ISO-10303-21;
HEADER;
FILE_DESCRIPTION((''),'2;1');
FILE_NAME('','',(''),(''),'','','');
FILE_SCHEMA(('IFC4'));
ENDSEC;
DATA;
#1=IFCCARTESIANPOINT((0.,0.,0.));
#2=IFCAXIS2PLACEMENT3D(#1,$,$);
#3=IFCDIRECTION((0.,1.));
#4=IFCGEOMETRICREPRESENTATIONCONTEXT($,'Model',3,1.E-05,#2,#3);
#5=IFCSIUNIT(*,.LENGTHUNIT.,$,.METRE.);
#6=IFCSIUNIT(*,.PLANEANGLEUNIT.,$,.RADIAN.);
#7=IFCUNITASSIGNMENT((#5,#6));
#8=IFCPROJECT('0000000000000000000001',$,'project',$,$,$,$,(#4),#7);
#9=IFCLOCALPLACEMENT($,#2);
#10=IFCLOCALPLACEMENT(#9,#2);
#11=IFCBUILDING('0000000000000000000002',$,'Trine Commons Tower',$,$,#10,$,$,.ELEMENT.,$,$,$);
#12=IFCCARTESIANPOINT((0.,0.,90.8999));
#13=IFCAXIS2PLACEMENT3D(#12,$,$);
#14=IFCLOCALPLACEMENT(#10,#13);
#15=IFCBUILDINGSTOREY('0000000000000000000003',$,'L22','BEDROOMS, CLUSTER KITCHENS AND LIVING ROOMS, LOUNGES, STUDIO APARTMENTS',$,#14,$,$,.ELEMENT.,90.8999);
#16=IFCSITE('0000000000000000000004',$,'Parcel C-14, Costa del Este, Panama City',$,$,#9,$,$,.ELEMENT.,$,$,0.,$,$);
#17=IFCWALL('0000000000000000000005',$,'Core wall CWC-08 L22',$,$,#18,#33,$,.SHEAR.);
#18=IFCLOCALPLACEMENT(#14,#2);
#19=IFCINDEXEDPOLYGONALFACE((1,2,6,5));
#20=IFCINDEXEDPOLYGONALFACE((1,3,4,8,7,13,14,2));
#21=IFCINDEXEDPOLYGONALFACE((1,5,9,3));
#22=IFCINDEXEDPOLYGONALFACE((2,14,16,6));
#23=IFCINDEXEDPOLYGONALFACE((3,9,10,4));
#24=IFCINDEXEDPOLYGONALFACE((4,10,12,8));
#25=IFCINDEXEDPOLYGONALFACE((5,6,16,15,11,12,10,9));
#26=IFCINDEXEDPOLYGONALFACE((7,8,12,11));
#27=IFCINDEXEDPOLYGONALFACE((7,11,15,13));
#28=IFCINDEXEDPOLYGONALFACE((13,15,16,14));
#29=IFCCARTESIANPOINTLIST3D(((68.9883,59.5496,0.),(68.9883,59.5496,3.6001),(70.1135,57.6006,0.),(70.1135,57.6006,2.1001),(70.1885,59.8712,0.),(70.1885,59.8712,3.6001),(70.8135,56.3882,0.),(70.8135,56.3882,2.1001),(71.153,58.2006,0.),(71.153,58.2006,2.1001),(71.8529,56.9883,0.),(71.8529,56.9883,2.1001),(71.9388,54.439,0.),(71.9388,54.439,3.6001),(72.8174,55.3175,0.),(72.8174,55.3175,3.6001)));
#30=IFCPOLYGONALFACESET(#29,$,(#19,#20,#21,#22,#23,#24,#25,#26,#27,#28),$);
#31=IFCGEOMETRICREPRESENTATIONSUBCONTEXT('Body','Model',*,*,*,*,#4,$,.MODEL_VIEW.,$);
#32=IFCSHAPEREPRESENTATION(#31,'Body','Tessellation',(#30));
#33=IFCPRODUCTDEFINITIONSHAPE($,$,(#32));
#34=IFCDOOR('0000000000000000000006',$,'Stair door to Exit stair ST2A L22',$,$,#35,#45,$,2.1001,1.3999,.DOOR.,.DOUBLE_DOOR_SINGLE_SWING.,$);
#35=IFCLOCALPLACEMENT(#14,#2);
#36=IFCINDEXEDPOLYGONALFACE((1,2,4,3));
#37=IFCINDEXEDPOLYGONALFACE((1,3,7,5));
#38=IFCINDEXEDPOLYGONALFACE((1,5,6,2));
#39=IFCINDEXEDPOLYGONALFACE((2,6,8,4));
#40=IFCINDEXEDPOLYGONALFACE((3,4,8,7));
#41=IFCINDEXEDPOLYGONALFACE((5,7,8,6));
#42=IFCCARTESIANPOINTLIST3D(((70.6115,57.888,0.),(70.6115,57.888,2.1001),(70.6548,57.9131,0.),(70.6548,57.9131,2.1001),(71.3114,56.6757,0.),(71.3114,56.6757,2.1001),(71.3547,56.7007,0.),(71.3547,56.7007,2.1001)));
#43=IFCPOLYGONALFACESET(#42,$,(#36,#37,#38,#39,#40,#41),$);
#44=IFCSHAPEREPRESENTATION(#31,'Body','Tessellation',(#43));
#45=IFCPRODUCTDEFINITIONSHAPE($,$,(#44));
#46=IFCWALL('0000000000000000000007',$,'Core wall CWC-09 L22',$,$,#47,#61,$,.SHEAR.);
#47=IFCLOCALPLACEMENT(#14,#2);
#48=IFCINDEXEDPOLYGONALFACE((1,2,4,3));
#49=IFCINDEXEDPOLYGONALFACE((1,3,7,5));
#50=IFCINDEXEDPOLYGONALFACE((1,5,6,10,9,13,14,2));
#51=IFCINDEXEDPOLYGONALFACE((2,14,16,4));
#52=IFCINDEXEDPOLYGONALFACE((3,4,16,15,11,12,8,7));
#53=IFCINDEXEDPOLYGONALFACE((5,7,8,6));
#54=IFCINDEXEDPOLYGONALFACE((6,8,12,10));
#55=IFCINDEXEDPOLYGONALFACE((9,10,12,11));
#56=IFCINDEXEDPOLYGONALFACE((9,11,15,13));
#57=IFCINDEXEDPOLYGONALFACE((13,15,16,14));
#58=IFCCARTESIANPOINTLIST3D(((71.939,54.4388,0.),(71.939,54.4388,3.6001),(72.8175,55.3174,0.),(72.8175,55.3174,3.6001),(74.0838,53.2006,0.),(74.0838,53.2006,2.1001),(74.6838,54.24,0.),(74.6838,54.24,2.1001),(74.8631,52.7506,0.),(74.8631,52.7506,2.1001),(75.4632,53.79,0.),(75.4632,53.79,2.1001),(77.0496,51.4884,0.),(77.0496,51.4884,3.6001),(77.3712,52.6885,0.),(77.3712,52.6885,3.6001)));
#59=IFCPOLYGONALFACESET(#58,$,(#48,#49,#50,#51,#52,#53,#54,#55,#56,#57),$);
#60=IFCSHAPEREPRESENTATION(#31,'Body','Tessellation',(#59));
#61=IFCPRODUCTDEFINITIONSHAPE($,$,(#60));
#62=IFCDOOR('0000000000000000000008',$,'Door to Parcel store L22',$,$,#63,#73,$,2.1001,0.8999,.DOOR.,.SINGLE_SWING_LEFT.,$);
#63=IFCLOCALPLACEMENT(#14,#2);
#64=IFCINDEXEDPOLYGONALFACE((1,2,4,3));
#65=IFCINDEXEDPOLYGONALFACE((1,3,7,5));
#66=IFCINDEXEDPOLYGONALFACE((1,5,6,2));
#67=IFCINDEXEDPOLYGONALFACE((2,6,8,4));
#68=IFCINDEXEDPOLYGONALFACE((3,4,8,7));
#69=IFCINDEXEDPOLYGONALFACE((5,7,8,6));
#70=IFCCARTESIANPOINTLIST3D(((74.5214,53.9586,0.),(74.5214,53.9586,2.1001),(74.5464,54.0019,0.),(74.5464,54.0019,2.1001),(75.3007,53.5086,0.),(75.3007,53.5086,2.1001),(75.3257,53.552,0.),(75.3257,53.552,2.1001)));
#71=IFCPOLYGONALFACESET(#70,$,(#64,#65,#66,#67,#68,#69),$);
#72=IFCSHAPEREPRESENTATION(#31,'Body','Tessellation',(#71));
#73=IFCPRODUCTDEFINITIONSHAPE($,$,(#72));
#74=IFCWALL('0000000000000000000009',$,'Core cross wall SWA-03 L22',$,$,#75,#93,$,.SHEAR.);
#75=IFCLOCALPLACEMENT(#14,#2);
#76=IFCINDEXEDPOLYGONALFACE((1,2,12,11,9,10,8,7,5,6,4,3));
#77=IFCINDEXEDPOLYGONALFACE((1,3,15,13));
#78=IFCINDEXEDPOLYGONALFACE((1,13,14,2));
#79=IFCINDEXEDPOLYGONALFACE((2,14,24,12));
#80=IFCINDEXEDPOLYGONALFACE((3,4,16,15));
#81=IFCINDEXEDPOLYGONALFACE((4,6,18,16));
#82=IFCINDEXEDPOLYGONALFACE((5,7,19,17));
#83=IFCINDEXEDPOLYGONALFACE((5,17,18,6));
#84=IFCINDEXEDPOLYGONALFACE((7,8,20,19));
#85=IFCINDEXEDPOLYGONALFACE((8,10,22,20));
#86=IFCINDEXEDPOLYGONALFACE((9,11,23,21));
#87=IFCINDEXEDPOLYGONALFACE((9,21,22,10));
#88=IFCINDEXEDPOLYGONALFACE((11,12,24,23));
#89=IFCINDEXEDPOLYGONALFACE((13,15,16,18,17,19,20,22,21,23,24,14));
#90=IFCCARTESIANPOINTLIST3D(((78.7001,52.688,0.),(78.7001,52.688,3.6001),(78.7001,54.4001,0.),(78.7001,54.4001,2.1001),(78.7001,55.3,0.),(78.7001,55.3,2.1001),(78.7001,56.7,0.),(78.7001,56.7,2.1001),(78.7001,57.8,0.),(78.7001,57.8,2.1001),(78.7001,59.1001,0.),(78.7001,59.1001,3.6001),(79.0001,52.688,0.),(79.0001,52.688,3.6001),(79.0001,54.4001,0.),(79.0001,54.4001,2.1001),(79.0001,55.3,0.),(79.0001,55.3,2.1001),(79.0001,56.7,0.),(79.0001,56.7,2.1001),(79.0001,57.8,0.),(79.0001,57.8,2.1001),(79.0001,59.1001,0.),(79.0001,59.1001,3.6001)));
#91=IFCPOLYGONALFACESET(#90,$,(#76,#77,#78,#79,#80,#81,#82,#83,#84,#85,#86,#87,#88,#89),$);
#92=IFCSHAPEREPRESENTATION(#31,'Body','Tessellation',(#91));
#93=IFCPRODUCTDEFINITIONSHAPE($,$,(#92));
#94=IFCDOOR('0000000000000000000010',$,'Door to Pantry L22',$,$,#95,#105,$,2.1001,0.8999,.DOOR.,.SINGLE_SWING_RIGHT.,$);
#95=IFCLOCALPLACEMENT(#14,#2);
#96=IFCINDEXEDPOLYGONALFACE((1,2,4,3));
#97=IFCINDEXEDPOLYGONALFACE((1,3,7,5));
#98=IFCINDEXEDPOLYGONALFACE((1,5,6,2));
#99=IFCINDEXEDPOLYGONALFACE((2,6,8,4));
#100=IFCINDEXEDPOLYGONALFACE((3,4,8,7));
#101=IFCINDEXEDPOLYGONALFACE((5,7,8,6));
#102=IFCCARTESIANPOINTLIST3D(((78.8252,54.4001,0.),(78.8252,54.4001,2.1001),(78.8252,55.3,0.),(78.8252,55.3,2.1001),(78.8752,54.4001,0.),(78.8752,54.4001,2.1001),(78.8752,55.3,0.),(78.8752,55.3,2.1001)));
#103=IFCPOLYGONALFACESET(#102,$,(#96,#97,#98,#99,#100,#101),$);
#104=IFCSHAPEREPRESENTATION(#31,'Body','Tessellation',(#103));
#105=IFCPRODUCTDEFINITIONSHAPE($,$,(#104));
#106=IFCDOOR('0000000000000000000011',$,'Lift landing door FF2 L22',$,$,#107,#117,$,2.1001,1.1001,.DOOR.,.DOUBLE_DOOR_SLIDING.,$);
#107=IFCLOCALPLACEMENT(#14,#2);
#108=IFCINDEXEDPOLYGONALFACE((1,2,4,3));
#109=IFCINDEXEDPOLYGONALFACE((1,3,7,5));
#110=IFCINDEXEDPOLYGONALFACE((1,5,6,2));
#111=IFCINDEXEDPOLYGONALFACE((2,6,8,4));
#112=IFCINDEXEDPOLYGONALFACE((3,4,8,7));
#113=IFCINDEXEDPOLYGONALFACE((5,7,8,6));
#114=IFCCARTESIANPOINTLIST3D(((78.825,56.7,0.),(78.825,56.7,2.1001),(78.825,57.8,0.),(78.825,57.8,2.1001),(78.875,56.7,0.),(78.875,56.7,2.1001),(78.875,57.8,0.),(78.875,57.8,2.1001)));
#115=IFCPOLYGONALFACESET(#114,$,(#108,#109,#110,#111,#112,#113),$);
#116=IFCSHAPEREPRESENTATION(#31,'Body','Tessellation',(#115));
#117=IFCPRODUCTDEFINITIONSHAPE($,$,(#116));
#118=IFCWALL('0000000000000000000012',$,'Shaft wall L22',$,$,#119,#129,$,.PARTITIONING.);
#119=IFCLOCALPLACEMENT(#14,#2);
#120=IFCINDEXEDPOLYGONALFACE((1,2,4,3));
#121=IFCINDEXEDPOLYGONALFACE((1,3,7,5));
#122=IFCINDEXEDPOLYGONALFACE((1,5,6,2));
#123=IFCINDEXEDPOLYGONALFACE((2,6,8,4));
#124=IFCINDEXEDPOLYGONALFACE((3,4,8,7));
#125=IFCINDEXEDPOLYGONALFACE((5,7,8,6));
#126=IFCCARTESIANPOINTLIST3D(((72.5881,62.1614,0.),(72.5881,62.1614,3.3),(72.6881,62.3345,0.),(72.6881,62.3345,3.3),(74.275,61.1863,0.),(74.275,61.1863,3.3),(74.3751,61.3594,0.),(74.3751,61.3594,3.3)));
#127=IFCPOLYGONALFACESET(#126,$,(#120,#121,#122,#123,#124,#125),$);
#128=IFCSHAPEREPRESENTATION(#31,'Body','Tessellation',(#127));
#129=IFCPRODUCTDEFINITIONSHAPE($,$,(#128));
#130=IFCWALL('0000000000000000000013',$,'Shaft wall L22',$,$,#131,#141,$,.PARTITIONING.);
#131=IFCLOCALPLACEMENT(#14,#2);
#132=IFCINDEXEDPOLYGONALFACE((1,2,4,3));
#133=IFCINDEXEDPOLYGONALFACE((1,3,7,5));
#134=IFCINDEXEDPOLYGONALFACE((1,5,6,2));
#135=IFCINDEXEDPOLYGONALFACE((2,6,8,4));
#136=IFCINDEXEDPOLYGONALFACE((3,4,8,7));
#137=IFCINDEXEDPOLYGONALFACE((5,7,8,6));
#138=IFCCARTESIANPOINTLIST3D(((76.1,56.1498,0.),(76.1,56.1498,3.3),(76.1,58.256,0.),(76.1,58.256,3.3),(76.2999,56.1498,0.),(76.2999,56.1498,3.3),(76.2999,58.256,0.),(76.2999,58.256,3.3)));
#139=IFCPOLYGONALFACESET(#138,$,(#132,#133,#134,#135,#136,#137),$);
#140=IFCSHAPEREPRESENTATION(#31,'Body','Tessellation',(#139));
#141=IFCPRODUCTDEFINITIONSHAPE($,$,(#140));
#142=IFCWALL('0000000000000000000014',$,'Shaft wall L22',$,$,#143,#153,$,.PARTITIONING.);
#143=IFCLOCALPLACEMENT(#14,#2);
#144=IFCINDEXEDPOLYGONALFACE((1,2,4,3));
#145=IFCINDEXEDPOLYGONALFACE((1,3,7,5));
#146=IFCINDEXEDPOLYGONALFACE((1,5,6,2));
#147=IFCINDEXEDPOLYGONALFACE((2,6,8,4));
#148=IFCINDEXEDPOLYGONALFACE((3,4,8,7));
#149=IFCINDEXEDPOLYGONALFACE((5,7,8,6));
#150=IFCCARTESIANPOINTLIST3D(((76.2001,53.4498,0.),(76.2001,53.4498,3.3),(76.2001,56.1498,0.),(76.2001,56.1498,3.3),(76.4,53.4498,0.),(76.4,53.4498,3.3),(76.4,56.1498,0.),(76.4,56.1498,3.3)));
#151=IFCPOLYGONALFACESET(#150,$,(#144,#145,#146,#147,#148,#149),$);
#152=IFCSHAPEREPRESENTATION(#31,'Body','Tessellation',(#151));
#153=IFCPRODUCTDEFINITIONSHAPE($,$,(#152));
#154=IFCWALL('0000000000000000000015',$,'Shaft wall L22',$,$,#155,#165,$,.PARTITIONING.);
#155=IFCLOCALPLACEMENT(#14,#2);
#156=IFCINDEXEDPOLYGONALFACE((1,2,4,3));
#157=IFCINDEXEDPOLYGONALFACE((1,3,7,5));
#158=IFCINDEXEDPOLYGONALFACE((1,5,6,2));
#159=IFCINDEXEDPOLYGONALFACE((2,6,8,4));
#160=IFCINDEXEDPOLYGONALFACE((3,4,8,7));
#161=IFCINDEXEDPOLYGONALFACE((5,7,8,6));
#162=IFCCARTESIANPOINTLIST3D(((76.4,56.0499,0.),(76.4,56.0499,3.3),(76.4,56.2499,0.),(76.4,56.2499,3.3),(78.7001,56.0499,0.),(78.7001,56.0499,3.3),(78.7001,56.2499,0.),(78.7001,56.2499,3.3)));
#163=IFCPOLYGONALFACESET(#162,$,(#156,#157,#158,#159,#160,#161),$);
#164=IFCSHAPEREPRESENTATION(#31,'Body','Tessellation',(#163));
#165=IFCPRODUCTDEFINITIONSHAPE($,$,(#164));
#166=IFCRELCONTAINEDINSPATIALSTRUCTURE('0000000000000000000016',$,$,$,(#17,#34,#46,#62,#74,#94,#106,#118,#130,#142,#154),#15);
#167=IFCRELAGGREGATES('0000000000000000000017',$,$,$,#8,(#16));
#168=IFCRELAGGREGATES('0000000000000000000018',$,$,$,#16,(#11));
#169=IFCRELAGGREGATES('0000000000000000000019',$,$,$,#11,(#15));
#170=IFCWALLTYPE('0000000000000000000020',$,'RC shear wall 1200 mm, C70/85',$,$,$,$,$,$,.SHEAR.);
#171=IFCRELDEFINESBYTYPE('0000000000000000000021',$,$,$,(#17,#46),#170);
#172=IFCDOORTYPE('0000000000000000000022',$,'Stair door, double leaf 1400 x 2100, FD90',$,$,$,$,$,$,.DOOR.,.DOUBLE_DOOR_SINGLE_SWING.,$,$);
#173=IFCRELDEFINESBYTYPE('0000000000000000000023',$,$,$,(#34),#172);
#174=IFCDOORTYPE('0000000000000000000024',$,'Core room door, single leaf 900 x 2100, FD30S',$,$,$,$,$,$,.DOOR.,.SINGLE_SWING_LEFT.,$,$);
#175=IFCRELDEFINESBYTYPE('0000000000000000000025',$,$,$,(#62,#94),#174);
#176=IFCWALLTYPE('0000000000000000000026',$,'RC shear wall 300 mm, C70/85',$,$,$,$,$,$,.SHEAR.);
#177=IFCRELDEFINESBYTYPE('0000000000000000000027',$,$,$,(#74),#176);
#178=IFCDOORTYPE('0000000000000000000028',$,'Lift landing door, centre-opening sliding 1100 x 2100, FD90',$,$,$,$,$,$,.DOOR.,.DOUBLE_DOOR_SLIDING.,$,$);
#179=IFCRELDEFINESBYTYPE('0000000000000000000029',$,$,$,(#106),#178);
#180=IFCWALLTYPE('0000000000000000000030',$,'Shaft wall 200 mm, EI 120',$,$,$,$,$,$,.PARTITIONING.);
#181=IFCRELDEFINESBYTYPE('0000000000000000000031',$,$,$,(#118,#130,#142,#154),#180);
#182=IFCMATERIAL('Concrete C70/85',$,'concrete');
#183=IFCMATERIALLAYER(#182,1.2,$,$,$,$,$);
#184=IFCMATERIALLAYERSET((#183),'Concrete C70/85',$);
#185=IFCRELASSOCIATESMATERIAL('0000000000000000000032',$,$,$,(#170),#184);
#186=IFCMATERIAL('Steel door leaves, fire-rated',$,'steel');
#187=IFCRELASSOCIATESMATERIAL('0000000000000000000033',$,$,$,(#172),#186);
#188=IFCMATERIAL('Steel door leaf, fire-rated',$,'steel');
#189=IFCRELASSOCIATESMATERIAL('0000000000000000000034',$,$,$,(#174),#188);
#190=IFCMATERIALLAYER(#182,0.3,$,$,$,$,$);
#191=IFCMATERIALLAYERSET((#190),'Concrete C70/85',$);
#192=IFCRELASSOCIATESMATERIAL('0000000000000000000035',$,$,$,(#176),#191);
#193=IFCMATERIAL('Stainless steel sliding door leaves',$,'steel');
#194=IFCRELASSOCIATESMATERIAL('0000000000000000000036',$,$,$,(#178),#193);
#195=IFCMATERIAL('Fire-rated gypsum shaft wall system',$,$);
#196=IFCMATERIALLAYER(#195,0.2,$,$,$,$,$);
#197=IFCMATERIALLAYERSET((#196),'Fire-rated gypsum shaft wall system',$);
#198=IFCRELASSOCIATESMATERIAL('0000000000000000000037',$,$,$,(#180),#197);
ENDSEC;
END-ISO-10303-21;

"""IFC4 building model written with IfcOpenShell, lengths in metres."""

from ifc_helpers import new_model, si_unit, direction, frame, frame_2d, origin, place, context, subcontext, project, spatial, polyline, rectangle, outline, extrude, material, layer, layer_set, type_object, element, fill, save


model = new_model("IFC4")

# Units and contexts
model_context = context("Model", 3, precision=1e-05, world=origin(), true_north=direction((0.0, 1.0)))
body_context = subcontext(model_context, "Body", "Model", "MODEL_VIEW")
ifc_project = project(units=[si_unit("LENGTHUNIT", "METRE"), si_unit("PLANEANGLEUNIT", "RADIAN")], contexts=[model_context])

# Site, building, storey
site_placement = place(None, origin())
site = spatial("IfcSite", under=ifc_project, at=site_placement, Name="Parcel C-14, Costa del Este, Panama City", CompositionType="ELEMENT", RefElevation=0.0)
building_placement = place(site_placement, origin())
building = spatial("IfcBuilding", under=site, at=building_placement, Name="Trine Commons Tower", CompositionType="ELEMENT")
storey_placement = place(building_placement, frame((0.0, 0.0, 90.8999)))
storey = spatial("IfcBuildingStorey", under=building, at=storey_placement, Name="L22", Description="BEDROOMS, CLUSTER KITCHENS AND LIVING ROOMS, LOUNGES, STUDIO APARTMENTS", CompositionType="ELEMENT", Elevation=90.8999)

# Walls, openings, doors
ifc_material_1 = material(Name="Concrete C70/85", Category="concrete")
ifc_layer_1 = layer(ifc_material_1, 1.2)
ifc_layer_set_1 = layer_set([ifc_layer_1], Name="Concrete C70/85")
wall_type_1 = type_object("IfcWallType", Name="RC shear wall 1200 mm, C70/85", PredefinedType="SHEAR", material=ifc_layer_set_1)
wall_1_placement = place(storey_placement, frame((69.5081, 59.8496, 0.0), z_axis=(0.0, 0.0, 1.0), x_axis=(0.499979, -0.866037, 0.0)))
wall_1 = element("IfcWall", 1, at=wall_1_placement, inside=storey, type_object=wall_type_1, Name="Core wall CWC-08 L22", PredefinedType="SHEAR", context=body_context, shape_type="SweptSolid", body=[
    extrude(outline(polyline([(0.0, -0.6001), (5.9011, -0.6001), (5.5796, 0.6001), (0.3215, 0.6001), (0.0, -0.6001)])), origin(), (0.0, 0.0, 1.0), 3.6001),
])
opening_1_placement = place(wall_1_placement, frame((2.2505, 0.0, 0.0)))
opening_1 = element("IfcOpeningElement", 2, at=opening_1_placement, cuts=wall_1, PredefinedType="OPENING", context=body_context, shape_type="SweptSolid", body=[
    extrude(rectangle(XDim=1.3999, YDim=2.1001, at=frame_2d((0.7, 1.05))), frame((0.0, 0.6099, 0.0), z_axis=(0.0, -1.0, 0.0), x_axis=(1.0, 0.0, 0.0)), (0.0, 0.0, 1.0), 1.22),
])
ifc_material_2 = material(Name="Steel door leaves, fire-rated", Category="steel")
door_type_1 = type_object("IfcDoorType", Name="Stair door, double leaf 1400 x 2100, FD90", OperationType="DOUBLE_DOOR_SINGLE_SWING", PredefinedType="DOOR", material=ifc_material_2)
door_1_placement = place(opening_1_placement, origin())
door_1 = element("IfcDoor", 3, at=door_1_placement, inside=storey, type_object=door_type_1, Name="Stair door to Exit stair ST2A L22", OperationType="DOUBLE_DOOR_SINGLE_SWING", OverallHeight=2.1001, OverallWidth=1.3999, PredefinedType="DOOR", context=body_context, shape_type="SweptSolid", body=[
    extrude(rectangle(XDim=1.3999, YDim=2.1001, at=frame_2d((0.7, 1.05))), frame((0.0, 0.0249, 0.0), z_axis=(0.0, -1.0, 0.0), x_axis=(1.0, 0.0, 0.0)), (0.0, 0.0, 1.0), 0.05),
])
fill(opening_1, door_1)
wall_2_placement = place(storey_placement, frame((72.239, 54.9585, 0.0), z_axis=(0.0, 0.0, 1.0), x_axis=(0.866037, -0.499979, 0.0)))
wall_2 = element("IfcWall", 4, at=wall_2_placement, inside=storey, type_object=wall_type_1, Name="Core wall CWC-09 L22", PredefinedType="SHEAR", context=body_context, shape_type="SweptSolid", body=[
    extrude(outline(polyline([(0.0, -0.6001), (5.9011, -0.6001), (5.5796, 0.6001), (0.3215, 0.6001), (0.0, -0.6001)])), origin(), (0.0, 0.0, 1.0), 3.6001),
])
opening_2_placement = place(wall_2_placement, frame((2.4766, 0.0, 0.0)))
opening_2 = element("IfcOpeningElement", 5, at=opening_2_placement, cuts=wall_2, PredefinedType="OPENING", context=body_context, shape_type="SweptSolid", body=[
    extrude(rectangle(XDim=0.8999, YDim=2.1001, at=frame_2d((0.45, 1.05))), frame((0.0, 0.6099, 0.0), z_axis=(0.0, -1.0, 0.0), x_axis=(1.0, 0.0, 0.0)), (0.0, 0.0, 1.0), 1.22),
])
ifc_material_3 = material(Name="Steel door leaf, fire-rated", Category="steel")
door_type_2 = type_object("IfcDoorType", Name="Core room door, single leaf 900 x 2100, FD30S", OperationType="SINGLE_SWING_LEFT", PredefinedType="DOOR", material=ifc_material_3)
door_2_placement = place(opening_2_placement, origin())
door_2 = element("IfcDoor", 6, at=door_2_placement, inside=storey, type_object=door_type_2, Name="Door to Parcel store L22", OperationType="SINGLE_SWING_LEFT", OverallHeight=2.1001, OverallWidth=0.8999, PredefinedType="DOOR", context=body_context, shape_type="SweptSolid", body=[
    extrude(rectangle(XDim=0.8999, YDim=2.1001, at=frame_2d((0.45, 1.05))), frame((0.0, 0.3252, 0.0), z_axis=(0.0, -1.0, 0.0), x_axis=(1.0, 0.0, 0.0)), (0.0, 0.0, 1.0), 0.05),
])
fill(opening_2, door_2)

# Wall, openings, doors
ifc_layer_2 = layer(ifc_material_1, 0.3)
ifc_layer_set_2 = layer_set([ifc_layer_2], Name="Concrete C70/85")
wall_type_2 = type_object("IfcWallType", Name="RC shear wall 300 mm, C70/85", PredefinedType="SHEAR", material=ifc_layer_set_2)
wall_3_placement = place(storey_placement, frame((78.8501, 59.1001, 0.0), z_axis=(0.0, 0.0, 1.0), x_axis=(0.0, -1.0, 0.0)))
wall_3 = element("IfcWall", 7, at=wall_3_placement, inside=storey, type_object=wall_type_2, Name="Core cross wall SWA-03 L22", PredefinedType="SHEAR", context=body_context, shape_type="SweptSolid", body=[
    extrude(rectangle(XDim=6.4121, YDim=0.3, at=frame_2d((3.2061, 0.0))), origin(), (0.0, 0.0, 1.0), 3.6001),
])
opening_3_placement = place(wall_3_placement, frame((3.8, 0.0, 0.0)))
opening_3 = element("IfcOpeningElement", 8, at=opening_3_placement, cuts=wall_3, PredefinedType="OPENING", context=body_context, shape_type="SweptSolid", body=[
    extrude(rectangle(XDim=0.8999, YDim=2.1001, at=frame_2d((0.45, 1.05))), frame((0.0, 0.1599, 0.0), z_axis=(0.0, -1.0, 0.0), x_axis=(1.0, 0.0, 0.0)), (0.0, 0.0, 1.0), 0.3201),
])
opening_4_placement = place(wall_3_placement, frame((1.3, 0.0, 0.0)))
opening_4 = element("IfcOpeningElement", 9, at=opening_4_placement, cuts=wall_3, PredefinedType="OPENING", context=body_context, shape_type="SweptSolid", body=[
    extrude(rectangle(XDim=1.1001, YDim=2.1001, at=frame_2d((0.55, 1.05))), frame((0.0, 0.1599, 0.0), z_axis=(0.0, -1.0, 0.0), x_axis=(1.0, 0.0, 0.0)), (0.0, 0.0, 1.0), 0.3201),
])
door_3_placement = place(opening_3_placement, frame((0.8999, 0.0, 0.0), z_axis=(0.0, 0.0, 1.0), x_axis=(-1.0, 0.0, 0.0)))
door_3 = element("IfcDoor", 10, at=door_3_placement, inside=storey, type_object=door_type_2, Name="Door to Pantry L22", OperationType="SINGLE_SWING_RIGHT", OverallHeight=2.1001, OverallWidth=0.8999, PredefinedType="DOOR", context=body_context, shape_type="SweptSolid", body=[
    extrude(rectangle(XDim=0.8999, YDim=2.1001, at=frame_2d((0.45, 1.05))), frame((0.0, 0.0249, 0.0), z_axis=(0.0, -1.0, 0.0), x_axis=(1.0, 0.0, 0.0)), (0.0, 0.0, 1.0), 0.05),
])
fill(opening_3, door_3)
ifc_material_4 = material(Name="Stainless steel sliding door leaves", Category="steel")
door_type_3 = type_object("IfcDoorType", Name="Lift landing door, centre-opening sliding 1100 x 2100, FD90", OperationType="DOUBLE_DOOR_SLIDING", PredefinedType="DOOR", material=ifc_material_4)
door_4_placement = place(opening_4_placement, origin())
door_4 = element("IfcDoor", 11, at=door_4_placement, inside=storey, type_object=door_type_3, Name="Lift landing door FF2 L22", OperationType="DOUBLE_DOOR_SLIDING", OverallHeight=2.1001, OverallWidth=1.1001, PredefinedType="DOOR", context=body_context, shape_type="SweptSolid", body=[
    extrude(rectangle(XDim=1.1001, YDim=2.1001, at=frame_2d((0.55, 1.05))), frame((0.0, 0.0249, 0.0), z_axis=(0.0, -1.0, 0.0), x_axis=(1.0, 0.0, 0.0)), (0.0, 0.0, 1.0), 0.05),
])
fill(opening_4, door_4)

# Walls
ifc_material_5 = material(Name="Fire-rated gypsum shaft wall system")
ifc_layer_3 = layer(ifc_material_5, 0.2)
ifc_layer_set_3 = layer_set([ifc_layer_3], Name="Fire-rated gypsum shaft wall system")
wall_type_3 = type_object("IfcWallType", Name="Shaft wall 200 mm, EI 120", PredefinedType="PARTITIONING", material=ifc_layer_set_3)
wall_4_placement = place(storey_placement, frame((74.325, 61.2729, 0.0), z_axis=(0.0, 0.0, 1.0), x_axis=(-0.865781, 0.500424, 0.0)))
element("IfcWall", 12, at=wall_4_placement, inside=storey, type_object=wall_type_3, Name="Shaft wall L22", PredefinedType="PARTITIONING", context=body_context, shape_type="SweptSolid", body=[
    extrude(rectangle(XDim=1.9485, YDim=0.2, at=frame_2d((0.9741, 0.0))), origin(), (0.0, 0.0, 1.0), 3.3),
])
wall_5_placement = place(storey_placement, frame((76.2, 58.2561, 0.0), z_axis=(0.0, 0.0, 1.0), x_axis=(0.0, -1.0, 0.0)))
element("IfcWall", 13, at=wall_5_placement, inside=storey, type_object=wall_type_3, Name="Shaft wall L22", PredefinedType="PARTITIONING", context=body_context, shape_type="SweptSolid", body=[
    extrude(rectangle(XDim=2.1062, YDim=0.2, at=frame_2d((1.0532, 0.0))), origin(), (0.0, 0.0, 1.0), 3.3),
])
wall_6_placement = place(storey_placement, frame((76.3, 56.1499, 0.0), z_axis=(0.0, 0.0, 1.0), x_axis=(0.0, -1.0, 0.0)))
element("IfcWall", 14, at=wall_6_placement, inside=storey, type_object=wall_type_3, Name="Shaft wall L22", PredefinedType="PARTITIONING", context=body_context, shape_type="SweptSolid", body=[
    extrude(rectangle(XDim=2.7, YDim=0.2, at=frame_2d((1.3501, 0.0))), origin(), (0.0, 0.0, 1.0), 3.3),
])
wall_7_placement = place(storey_placement, frame((78.7, 56.1499, 0.0), z_axis=(0.0, 0.0, 1.0), x_axis=(-1.0, 0.0, 0.0)))
element("IfcWall", 15, at=wall_7_placement, inside=storey, type_object=wall_type_3, Name="Shaft wall L22", PredefinedType="PARTITIONING", context=body_context, shape_type="SweptSolid", body=[
    extrude(rectangle(XDim=2.3, YDim=0.2, at=frame_2d((1.1499, 0.0))), origin(), (0.0, 0.0, 1.0), 3.3),
])

save(model, "model.ifc")
